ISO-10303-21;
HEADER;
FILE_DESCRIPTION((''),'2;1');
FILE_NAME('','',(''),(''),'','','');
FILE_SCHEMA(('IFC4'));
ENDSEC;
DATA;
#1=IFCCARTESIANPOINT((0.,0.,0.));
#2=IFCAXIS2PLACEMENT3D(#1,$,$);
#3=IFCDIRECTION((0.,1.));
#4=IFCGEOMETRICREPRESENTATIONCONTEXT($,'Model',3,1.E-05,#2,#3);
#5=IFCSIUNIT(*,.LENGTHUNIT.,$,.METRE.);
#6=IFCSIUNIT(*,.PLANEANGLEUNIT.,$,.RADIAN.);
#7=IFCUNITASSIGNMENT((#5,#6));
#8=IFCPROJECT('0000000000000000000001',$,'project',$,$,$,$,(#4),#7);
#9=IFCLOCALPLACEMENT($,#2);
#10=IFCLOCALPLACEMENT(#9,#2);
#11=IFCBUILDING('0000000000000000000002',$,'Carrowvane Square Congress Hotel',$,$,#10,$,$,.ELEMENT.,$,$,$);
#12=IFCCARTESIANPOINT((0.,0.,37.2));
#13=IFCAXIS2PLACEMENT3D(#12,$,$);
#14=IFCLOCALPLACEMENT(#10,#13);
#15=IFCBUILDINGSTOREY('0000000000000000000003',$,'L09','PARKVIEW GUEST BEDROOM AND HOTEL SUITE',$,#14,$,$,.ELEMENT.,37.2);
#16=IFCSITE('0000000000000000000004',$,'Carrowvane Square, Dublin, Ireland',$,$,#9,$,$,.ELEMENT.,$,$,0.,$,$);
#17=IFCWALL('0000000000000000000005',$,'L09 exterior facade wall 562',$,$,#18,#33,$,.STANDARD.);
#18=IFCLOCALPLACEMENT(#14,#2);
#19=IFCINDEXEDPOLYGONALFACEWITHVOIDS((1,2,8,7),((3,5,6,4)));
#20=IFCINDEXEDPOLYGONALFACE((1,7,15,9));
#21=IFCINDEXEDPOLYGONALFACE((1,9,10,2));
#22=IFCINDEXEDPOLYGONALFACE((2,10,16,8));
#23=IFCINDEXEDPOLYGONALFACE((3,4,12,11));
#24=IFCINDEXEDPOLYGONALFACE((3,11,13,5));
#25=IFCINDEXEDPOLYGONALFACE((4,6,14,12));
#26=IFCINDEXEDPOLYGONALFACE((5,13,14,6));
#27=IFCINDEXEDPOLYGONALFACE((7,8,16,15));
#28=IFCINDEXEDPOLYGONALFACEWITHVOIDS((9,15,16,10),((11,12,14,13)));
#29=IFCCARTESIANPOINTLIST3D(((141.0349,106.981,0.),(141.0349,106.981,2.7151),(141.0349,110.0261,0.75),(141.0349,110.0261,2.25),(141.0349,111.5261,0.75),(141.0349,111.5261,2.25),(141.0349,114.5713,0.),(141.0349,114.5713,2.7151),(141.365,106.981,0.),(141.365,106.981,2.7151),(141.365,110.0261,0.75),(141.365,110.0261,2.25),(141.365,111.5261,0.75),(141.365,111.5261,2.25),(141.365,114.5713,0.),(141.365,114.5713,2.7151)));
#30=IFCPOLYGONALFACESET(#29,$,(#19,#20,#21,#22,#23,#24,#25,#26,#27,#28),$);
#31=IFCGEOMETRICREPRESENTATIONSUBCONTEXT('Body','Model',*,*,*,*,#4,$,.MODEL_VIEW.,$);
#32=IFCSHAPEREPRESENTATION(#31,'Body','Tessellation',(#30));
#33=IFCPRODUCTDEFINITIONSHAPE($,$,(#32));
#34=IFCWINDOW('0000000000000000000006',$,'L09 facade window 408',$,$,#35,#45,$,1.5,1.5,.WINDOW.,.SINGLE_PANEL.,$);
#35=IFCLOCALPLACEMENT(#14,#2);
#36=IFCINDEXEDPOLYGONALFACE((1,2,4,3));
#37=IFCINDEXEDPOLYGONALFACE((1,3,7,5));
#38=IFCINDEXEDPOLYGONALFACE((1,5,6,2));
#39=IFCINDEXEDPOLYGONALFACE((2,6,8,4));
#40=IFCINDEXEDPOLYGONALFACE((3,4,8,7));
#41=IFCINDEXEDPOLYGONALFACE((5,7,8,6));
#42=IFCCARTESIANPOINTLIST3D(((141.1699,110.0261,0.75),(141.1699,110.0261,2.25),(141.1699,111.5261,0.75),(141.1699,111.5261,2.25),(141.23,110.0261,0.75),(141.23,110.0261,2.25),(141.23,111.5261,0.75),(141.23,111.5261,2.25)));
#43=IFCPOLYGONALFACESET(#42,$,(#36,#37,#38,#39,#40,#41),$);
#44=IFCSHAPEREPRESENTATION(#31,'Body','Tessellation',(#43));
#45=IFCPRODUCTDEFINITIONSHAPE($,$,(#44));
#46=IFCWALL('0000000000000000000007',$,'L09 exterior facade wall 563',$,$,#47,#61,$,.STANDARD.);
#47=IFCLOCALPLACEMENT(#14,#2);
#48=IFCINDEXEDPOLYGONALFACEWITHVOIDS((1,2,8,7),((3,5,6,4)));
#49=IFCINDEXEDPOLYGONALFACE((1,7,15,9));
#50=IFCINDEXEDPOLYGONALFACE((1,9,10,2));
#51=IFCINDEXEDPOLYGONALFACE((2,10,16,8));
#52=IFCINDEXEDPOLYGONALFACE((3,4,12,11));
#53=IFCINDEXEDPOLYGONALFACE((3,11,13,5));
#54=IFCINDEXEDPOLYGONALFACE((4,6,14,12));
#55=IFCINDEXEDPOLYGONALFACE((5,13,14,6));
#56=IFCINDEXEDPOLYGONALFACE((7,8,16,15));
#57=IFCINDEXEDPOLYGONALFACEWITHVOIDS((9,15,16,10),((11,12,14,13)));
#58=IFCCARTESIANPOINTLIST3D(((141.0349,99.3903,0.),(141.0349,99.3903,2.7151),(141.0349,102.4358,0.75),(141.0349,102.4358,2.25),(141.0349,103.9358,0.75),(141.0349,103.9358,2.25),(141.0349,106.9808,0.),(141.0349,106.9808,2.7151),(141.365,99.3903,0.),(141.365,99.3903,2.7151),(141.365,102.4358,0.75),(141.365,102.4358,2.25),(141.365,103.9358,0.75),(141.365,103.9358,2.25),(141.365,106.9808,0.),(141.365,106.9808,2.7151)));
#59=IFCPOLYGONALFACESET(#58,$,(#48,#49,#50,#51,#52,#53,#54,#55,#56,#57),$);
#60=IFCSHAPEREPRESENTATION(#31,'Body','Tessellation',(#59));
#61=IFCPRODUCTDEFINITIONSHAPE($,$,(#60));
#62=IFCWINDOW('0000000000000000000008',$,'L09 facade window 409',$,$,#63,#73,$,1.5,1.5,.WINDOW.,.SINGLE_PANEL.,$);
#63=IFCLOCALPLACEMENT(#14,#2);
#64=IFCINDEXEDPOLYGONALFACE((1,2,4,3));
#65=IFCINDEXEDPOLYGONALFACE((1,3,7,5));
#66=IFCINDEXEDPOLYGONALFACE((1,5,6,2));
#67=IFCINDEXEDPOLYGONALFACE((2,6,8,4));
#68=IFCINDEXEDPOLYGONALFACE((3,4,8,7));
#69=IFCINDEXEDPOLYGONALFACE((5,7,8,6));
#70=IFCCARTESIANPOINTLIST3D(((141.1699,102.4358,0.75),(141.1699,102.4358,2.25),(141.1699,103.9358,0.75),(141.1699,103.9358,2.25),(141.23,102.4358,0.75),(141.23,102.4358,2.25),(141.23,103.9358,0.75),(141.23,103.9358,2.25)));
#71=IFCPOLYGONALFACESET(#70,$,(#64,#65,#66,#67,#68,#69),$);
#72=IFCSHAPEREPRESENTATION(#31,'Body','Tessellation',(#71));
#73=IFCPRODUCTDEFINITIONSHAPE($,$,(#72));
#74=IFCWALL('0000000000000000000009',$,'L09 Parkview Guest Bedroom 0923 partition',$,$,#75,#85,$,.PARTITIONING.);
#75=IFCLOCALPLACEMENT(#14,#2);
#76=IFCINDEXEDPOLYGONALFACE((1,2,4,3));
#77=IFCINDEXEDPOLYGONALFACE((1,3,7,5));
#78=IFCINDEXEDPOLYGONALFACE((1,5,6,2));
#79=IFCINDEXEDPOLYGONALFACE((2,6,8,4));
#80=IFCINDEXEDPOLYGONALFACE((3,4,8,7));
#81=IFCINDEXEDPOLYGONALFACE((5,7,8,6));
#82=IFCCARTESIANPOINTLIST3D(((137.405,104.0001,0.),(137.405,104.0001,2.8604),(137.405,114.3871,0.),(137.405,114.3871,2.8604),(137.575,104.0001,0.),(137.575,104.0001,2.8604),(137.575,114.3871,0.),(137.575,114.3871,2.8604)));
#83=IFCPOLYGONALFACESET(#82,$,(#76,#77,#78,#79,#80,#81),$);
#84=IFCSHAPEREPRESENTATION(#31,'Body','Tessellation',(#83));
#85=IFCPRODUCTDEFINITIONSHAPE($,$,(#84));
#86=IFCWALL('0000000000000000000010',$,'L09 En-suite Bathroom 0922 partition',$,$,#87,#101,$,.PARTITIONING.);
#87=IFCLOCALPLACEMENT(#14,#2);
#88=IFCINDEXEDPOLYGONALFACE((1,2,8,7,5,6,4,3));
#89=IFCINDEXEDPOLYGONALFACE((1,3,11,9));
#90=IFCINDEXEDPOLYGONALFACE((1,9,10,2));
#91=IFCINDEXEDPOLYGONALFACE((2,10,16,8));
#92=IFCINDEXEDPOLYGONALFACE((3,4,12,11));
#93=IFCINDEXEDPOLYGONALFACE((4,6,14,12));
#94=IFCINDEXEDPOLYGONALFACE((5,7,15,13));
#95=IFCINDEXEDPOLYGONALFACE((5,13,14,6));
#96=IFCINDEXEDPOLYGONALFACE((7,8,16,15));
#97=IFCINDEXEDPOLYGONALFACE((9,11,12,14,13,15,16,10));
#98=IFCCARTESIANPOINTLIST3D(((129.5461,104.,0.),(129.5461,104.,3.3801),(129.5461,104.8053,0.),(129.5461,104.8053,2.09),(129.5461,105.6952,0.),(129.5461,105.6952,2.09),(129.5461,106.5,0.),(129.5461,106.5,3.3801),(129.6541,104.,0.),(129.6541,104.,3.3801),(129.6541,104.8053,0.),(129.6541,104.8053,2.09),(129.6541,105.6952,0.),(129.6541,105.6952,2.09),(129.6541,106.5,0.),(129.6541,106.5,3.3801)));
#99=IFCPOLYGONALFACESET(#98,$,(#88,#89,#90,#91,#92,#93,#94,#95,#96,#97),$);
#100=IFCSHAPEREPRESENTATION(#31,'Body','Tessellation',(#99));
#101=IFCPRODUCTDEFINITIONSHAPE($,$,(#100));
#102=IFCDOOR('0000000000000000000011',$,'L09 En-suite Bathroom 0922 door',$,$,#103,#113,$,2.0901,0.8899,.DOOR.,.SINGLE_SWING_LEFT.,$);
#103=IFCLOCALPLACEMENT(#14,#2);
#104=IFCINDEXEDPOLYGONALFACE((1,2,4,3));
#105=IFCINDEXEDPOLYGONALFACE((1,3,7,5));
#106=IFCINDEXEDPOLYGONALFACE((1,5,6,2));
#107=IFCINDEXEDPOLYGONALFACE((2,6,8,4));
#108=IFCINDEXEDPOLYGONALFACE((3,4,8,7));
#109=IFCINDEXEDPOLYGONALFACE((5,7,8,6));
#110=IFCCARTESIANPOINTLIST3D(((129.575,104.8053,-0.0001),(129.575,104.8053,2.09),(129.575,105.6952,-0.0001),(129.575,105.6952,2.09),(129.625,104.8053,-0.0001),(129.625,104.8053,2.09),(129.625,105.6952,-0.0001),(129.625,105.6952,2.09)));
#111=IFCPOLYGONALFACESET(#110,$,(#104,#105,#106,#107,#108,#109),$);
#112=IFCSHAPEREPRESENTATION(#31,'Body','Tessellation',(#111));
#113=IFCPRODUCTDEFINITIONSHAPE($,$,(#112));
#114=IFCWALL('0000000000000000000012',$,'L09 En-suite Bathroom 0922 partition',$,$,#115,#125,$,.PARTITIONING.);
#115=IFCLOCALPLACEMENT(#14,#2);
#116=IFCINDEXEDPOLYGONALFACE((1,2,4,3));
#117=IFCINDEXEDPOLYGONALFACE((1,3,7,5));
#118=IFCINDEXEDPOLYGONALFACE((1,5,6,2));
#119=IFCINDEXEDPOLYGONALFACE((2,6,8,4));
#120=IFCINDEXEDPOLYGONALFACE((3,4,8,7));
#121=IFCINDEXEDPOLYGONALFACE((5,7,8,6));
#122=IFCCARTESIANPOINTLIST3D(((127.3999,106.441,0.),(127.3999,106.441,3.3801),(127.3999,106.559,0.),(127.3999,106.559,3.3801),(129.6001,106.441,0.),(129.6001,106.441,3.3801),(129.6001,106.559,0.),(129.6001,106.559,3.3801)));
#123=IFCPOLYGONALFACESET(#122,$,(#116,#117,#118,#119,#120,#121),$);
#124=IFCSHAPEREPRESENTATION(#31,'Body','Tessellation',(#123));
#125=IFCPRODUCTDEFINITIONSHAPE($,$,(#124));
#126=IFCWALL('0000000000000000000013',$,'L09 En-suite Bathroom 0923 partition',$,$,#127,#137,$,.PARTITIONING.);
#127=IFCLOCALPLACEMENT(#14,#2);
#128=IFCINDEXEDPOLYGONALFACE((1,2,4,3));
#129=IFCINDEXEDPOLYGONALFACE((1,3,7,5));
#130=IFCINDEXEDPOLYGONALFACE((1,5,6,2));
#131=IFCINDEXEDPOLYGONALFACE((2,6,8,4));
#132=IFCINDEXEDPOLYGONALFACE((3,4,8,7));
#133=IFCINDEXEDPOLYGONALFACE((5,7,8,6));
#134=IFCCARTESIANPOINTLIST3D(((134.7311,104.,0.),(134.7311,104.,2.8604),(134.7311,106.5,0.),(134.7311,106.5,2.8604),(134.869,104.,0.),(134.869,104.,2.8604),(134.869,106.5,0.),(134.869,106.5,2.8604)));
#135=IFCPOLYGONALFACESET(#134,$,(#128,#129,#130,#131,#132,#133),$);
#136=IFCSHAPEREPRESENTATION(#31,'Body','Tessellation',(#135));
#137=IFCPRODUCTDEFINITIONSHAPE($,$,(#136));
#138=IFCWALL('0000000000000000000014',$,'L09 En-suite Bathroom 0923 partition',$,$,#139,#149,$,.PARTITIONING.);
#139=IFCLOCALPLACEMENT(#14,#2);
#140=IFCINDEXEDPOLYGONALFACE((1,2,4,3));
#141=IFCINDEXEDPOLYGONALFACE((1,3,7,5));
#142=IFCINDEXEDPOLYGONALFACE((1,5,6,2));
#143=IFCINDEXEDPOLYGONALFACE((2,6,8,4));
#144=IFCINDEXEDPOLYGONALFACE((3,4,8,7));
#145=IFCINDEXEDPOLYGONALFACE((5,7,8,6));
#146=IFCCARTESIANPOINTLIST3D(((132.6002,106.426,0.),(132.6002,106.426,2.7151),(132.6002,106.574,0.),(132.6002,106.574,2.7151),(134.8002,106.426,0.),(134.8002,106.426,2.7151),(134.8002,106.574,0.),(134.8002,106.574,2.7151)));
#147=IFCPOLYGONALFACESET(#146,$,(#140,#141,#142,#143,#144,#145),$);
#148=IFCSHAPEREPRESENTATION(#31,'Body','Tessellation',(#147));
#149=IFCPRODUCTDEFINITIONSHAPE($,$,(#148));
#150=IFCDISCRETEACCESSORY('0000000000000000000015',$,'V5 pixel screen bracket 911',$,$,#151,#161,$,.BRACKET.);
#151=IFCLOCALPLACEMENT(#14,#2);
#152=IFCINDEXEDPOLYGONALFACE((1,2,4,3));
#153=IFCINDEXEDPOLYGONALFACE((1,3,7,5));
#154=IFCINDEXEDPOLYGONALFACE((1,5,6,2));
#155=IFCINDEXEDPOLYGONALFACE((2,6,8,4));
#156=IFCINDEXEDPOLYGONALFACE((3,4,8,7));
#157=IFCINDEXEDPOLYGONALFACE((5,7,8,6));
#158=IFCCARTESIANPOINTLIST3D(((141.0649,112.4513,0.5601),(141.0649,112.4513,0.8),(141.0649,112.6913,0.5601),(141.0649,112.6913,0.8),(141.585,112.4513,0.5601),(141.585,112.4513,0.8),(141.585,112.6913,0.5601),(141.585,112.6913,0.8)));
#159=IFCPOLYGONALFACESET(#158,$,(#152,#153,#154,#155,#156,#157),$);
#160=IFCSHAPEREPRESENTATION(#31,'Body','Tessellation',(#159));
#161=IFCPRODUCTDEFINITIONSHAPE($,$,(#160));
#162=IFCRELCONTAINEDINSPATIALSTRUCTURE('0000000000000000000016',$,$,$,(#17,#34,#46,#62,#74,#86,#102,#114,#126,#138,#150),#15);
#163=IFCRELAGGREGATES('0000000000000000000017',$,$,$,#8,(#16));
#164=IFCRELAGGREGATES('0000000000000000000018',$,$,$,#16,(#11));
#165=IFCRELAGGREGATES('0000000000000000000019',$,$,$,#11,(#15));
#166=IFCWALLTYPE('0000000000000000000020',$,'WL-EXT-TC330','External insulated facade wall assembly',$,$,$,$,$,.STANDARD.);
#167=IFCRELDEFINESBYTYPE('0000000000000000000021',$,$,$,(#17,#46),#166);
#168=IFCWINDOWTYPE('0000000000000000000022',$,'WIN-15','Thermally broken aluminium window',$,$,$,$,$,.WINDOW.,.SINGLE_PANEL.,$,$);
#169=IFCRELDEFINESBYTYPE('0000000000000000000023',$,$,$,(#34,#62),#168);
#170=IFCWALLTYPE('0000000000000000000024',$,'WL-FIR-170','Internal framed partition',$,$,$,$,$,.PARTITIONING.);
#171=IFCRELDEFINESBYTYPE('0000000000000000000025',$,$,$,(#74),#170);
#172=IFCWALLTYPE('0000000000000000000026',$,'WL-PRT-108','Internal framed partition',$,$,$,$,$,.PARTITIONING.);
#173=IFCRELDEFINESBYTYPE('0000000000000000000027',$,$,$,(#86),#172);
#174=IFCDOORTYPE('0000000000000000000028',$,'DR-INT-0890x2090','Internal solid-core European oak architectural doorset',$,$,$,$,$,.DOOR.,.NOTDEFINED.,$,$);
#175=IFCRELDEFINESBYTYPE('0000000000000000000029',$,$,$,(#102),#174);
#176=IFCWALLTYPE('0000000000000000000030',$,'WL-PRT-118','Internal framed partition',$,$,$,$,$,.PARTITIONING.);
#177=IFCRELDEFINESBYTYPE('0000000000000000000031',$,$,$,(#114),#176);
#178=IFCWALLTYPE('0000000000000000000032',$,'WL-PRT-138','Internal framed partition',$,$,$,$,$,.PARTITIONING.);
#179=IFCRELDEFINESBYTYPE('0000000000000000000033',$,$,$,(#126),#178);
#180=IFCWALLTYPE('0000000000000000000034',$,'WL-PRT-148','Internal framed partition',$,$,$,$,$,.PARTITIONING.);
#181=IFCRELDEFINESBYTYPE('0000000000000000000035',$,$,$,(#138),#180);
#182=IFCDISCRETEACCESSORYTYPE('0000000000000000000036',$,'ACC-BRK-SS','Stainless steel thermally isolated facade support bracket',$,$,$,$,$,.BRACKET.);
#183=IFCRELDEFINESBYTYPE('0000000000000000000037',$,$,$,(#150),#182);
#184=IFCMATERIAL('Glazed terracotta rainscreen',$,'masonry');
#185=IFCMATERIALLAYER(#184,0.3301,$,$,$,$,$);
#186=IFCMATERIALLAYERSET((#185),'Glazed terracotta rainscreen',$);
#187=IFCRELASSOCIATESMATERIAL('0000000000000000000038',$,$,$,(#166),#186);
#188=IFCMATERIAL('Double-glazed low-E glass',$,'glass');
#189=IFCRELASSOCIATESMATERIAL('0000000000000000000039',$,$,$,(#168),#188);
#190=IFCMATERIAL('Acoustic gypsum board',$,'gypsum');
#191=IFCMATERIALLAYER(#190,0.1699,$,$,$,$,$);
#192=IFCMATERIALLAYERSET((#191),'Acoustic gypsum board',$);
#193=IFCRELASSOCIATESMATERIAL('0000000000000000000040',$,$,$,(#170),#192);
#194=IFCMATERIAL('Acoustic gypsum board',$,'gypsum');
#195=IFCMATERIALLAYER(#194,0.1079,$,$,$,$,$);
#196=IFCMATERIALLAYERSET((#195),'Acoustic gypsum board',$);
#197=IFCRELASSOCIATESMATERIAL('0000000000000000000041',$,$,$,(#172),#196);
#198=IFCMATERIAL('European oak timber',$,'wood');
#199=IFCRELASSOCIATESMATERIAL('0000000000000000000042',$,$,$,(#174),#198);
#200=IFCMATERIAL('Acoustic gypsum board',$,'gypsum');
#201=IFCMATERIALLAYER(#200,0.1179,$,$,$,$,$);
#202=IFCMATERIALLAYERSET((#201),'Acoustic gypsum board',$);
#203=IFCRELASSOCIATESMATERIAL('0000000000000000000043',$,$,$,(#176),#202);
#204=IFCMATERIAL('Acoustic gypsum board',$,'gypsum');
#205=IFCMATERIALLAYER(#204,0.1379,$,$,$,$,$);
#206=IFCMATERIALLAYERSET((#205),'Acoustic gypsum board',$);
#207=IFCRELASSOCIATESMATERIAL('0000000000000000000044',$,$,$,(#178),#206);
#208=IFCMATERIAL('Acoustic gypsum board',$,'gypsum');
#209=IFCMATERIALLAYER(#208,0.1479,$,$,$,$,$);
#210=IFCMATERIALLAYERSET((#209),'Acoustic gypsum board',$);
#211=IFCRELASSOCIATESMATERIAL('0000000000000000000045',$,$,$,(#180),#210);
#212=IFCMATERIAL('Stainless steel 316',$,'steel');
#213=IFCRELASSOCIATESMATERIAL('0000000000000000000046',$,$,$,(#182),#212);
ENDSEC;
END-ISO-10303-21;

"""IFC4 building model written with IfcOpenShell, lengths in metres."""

from ifc_helpers import new_model, si_unit, direction, frame, frame_2d, origin, origin_2d, place, context, subcontext, project, spatial, rectangle, extrude, material, layer, layer_set, type_object, element, fill, save


model = new_model("IFC4")

# Units and contexts
model_context = context("Model", 3, precision=1e-05, world=origin(), true_north=direction((0.0, 1.0)))
body_context = subcontext(model_context, "Body", "Model", "MODEL_VIEW")
ifc_project = project(units=[si_unit("LENGTHUNIT", "METRE"), si_unit("PLANEANGLEUNIT", "RADIAN")], contexts=[model_context])

# Site, building, storey
site_placement = place(None, origin())
site = spatial("IfcSite", under=ifc_project, at=site_placement, Name="Carrowvane Square, Dublin, Ireland", CompositionType="ELEMENT", RefElevation=0.0)
building_placement = place(site_placement, origin())
building = spatial("IfcBuilding", under=site, at=building_placement, Name="Carrowvane Square Congress Hotel", CompositionType="ELEMENT")
storey_placement = place(building_placement, frame((0.0, 0.0, 37.2)))
storey = spatial("IfcBuildingStorey", under=building, at=storey_placement, Name="L09", Description="PARKVIEW GUEST BEDROOM AND HOTEL SUITE", CompositionType="ELEMENT", Elevation=37.2)

# Walls, openings, windows
ifc_material_1 = material(Name="Glazed terracotta rainscreen", Category="masonry")
ifc_layer_1 = layer(ifc_material_1, 0.3301)
ifc_layer_set_1 = layer_set([ifc_layer_1], Name="Glazed terracotta rainscreen")
wall_type_1 = type_object("IfcWallType", Name="WL-EXT-TC330", Description="External insulated facade wall assembly", PredefinedType="STANDARD", material=ifc_layer_set_1)
wall_1_placement = place(storey_placement, frame((141.2, 114.5713, 0.0), z_axis=(0.0, 0.0, 1.0), x_axis=(0.0, -1.0, 0.0)))
wall_1 = element("IfcWall", 1, at=wall_1_placement, inside=storey, type_object=wall_type_1, Name="L09 exterior facade wall 562", PredefinedType="STANDARD", context=body_context, shape_type="SweptSolid", body=[
    extrude(rectangle(XDim=7.5903, YDim=0.3301, at=frame_2d((3.7952, 0.0))), origin(), (0.0, 0.0, 1.0), 2.7151),
])
opening_1_placement = place(wall_1_placement, frame((3.0452, 0.0, 0.75)))
opening_1 = element("IfcOpeningElement", 2, at=opening_1_placement, cuts=wall_1, PredefinedType="OPENING", context=body_context, shape_type="SweptSolid", body=[
    extrude(rectangle(XDim=1.5, YDim=1.5, at=frame_2d((0.75, 0.75))), frame((0.0, 0.175, 0.0), z_axis=(0.0, -1.0, 0.0), x_axis=(1.0, 0.0, 0.0)), (0.0, 0.0, 1.0), 0.3501),
])
ifc_material_2 = material(Name="Double-glazed low-E glass", Category="glass")
window_type = type_object("IfcWindowType", Name="WIN-15", Description="Thermally broken aluminium window", PartitioningType="SINGLE_PANEL", PredefinedType="WINDOW", material=ifc_material_2)
window_1_placement = place(opening_1_placement, origin())
window_1 = element("IfcWindow", 3, at=window_1_placement, inside=storey, type_object=window_type, Name="L09 facade window 408", OverallHeight=1.5, OverallWidth=1.5, PartitioningType="SINGLE_PANEL", PredefinedType="WINDOW", context=body_context, shape_type="SweptSolid", body=[
    extrude(rectangle(XDim=1.5, YDim=1.5, at=frame_2d((0.75, 0.75))), frame((0.0, 0.03, 0.0), z_axis=(0.0, -1.0, 0.0), x_axis=(1.0, 0.0, 0.0)), (0.0, 0.0, 1.0), 0.0601),
])
fill(opening_1, window_1)
wall_2_placement = place(storey_placement, frame((141.2, 106.981, 0.0), z_axis=(0.0, 0.0, 1.0), x_axis=(0.0, -1.0, 0.0)))
wall_2 = element("IfcWall", 4, at=wall_2_placement, inside=storey, type_object=wall_type_1, Name="L09 exterior facade wall 563", PredefinedType="STANDARD", context=body_context, shape_type="SweptSolid", body=[
    extrude(rectangle(XDim=7.5906, YDim=0.3301, at=frame_2d((3.7954, 0.0))), origin(), (0.0, 0.0, 1.0), 2.7151),
])
opening_2_placement = place(wall_2_placement, frame((3.0452, 0.0, 0.75)))
opening_2 = element("IfcOpeningElement", 5, at=opening_2_placement, cuts=wall_2, PredefinedType="OPENING", context=body_context, shape_type="SweptSolid", body=[
    extrude(rectangle(XDim=1.5, YDim=1.5, at=frame_2d((0.75, 0.75))), frame((0.0, 0.175, 0.0), z_axis=(0.0, -1.0, 0.0), x_axis=(1.0, 0.0, 0.0)), (0.0, 0.0, 1.0), 0.3501),
])
window_2_placement = place(opening_2_placement, origin())
window_2 = element("IfcWindow", 6, at=window_2_placement, inside=storey, type_object=window_type, Name="L09 facade window 409", OverallHeight=1.5, OverallWidth=1.5, PartitioningType="SINGLE_PANEL", PredefinedType="WINDOW", context=body_context, shape_type="SweptSolid", body=[
    extrude(rectangle(XDim=1.5, YDim=1.5, at=frame_2d((0.75, 0.75))), frame((0.0, 0.03, 0.0), z_axis=(0.0, -1.0, 0.0), x_axis=(1.0, 0.0, 0.0)), (0.0, 0.0, 1.0), 0.0601),
])
fill(opening_2, window_2)

# Wall
ifc_material_3 = material(Name="Acoustic gypsum board", Category="gypsum")
ifc_layer_2 = layer(ifc_material_3, 0.1699)
ifc_layer_set_2 = layer_set([ifc_layer_2], Name="Acoustic gypsum board")
wall_type_2 = type_object("IfcWallType", Name="WL-FIR-170", Description="Internal framed partition", PredefinedType="PARTITIONING", material=ifc_layer_set_2)
wall_3_placement = place(storey_placement, frame((137.49, 114.387, 0.0), z_axis=(0.0, 0.0, 1.0), x_axis=(0.0, -1.0, 0.0)))
element("IfcWall", 7, at=wall_3_placement, inside=storey, type_object=wall_type_2, Name="L09 Parkview Guest Bedroom 0923 partition", PredefinedType="PARTITIONING", context=body_context, shape_type="SweptSolid", body=[
    extrude(rectangle(XDim=10.387, YDim=0.1699, at=frame_2d((5.1934, 0.0))), origin(), (0.0, 0.0, 1.0), 2.8604),
])

# Wall, opening, door
ifc_material_4 = material(Name="Acoustic gypsum board", Category="gypsum")
ifc_layer_3 = layer(ifc_material_4, 0.1079)
ifc_layer_set_3 = layer_set([ifc_layer_3], Name="Acoustic gypsum board")
wall_type_3 = type_object("IfcWallType", Name="WL-PRT-108", Description="Internal framed partition", PredefinedType="PARTITIONING", material=ifc_layer_set_3)
wall_4_placement = place(storey_placement, frame((129.6001, 106.5, 0.0), z_axis=(0.0, 0.0, 1.0), x_axis=(0.0, -1.0, 0.0)))
wall_4 = element("IfcWall", 8, at=wall_4_placement, inside=storey, type_object=wall_type_3, Name="L09 En-suite Bathroom 0922 partition", PredefinedType="PARTITIONING", context=body_context, shape_type="SweptSolid", body=[
    extrude(rectangle(XDim=2.5, YDim=0.1079, at=frame_2d((1.25, 0.0))), origin(), (0.0, 0.0, 1.0), 3.3801),
])
opening_3_placement = place(wall_4_placement, frame((0.8049, 0.0, 0.0)))
opening_3 = element("IfcOpeningElement", 9, at=opening_3_placement, cuts=wall_4, PredefinedType="OPENING", context=body_context, shape_type="SweptSolid", body=[
    extrude(rectangle(XDim=0.8899, YDim=2.0901, at=frame_2d((0.4448, 1.0449))), frame((0.0, 0.064, 0.0), z_axis=(0.0, -1.0, 0.0), x_axis=(1.0, 0.0, 0.0)), (0.0, 0.0, 1.0), 0.1279),
])
ifc_material_5 = material(Name="European oak timber", Category="wood")
door_type = type_object("IfcDoorType", Name="DR-INT-0890x2090", Description="Internal solid-core European oak architectural doorset", OperationType="NOTDEFINED", PredefinedType="DOOR", material=ifc_material_5)
door_placement = place(opening_3_placement, origin())
door = element("IfcDoor", 10, at=door_placement, inside=storey, type_object=door_type, Name="L09 En-suite Bathroom 0922 door", OperationType="SINGLE_SWING_LEFT", OverallHeight=2.0901, OverallWidth=0.8899, PredefinedType="DOOR", context=body_context, shape_type="SweptSolid", body=[
    extrude(rectangle(XDim=0.8899, YDim=2.0901, at=frame_2d((0.4448, 1.0449))), frame((0.0, 0.0249, 0.0), z_axis=(0.0, -1.0, 0.0), x_axis=(1.0, 0.0, 0.0)), (0.0, 0.0, 1.0), 0.05),
])
fill(opening_3, door)

# Walls
ifc_material_6 = material(Name="Acoustic gypsum board", Category="gypsum")
ifc_layer_4 = layer(ifc_material_6, 0.1179)
ifc_layer_set_4 = layer_set([ifc_layer_4], Name="Acoustic gypsum board")
wall_type_4 = type_object("IfcWallType", Name="WL-PRT-118", Description="Internal framed partition", PredefinedType="PARTITIONING", material=ifc_layer_set_4)
wall_5_placement = place(storey_placement, frame((127.3999, 106.5, 0.0), z_axis=(0.0, 0.0, 1.0), x_axis=(1.0, 0.0, 0.0)))
element("IfcWall", 11, at=wall_5_placement, inside=storey, type_object=wall_type_4, Name="L09 En-suite Bathroom 0922 partition", PredefinedType="PARTITIONING", context=body_context, shape_type="SweptSolid", body=[
    extrude(rectangle(XDim=2.2002, YDim=0.1179, at=frame_2d((1.1001, 0.0))), origin(), (0.0, 0.0, 1.0), 3.3801),
])
ifc_material_7 = material(Name="Acoustic gypsum board", Category="gypsum")
ifc_layer_5 = layer(ifc_material_7, 0.1379)
ifc_layer_set_5 = layer_set([ifc_layer_5], Name="Acoustic gypsum board")
wall_type_5 = type_object("IfcWallType", Name="WL-PRT-138", Description="Internal framed partition", PredefinedType="PARTITIONING", material=ifc_layer_set_5)
wall_6_placement = place(storey_placement, frame((134.8, 106.5, 0.0), z_axis=(0.0, 0.0, 1.0), x_axis=(0.0, -1.0, 0.0)))
element("IfcWall", 12, at=wall_6_placement, inside=storey, type_object=wall_type_5, Name="L09 En-suite Bathroom 0923 partition", PredefinedType="PARTITIONING", context=body_context, shape_type="SweptSolid", body=[
    extrude(rectangle(XDim=2.5, YDim=0.1379, at=frame_2d((1.25, 0.0))), origin(), (0.0, 0.0, 1.0), 2.8604),
])
ifc_material_8 = material(Name="Acoustic gypsum board", Category="gypsum")
ifc_layer_6 = layer(ifc_material_8, 0.1479)
ifc_layer_set_6 = layer_set([ifc_layer_6], Name="Acoustic gypsum board")
wall_type_6 = type_object("IfcWallType", Name="WL-PRT-148", Description="Internal framed partition", PredefinedType="PARTITIONING", material=ifc_layer_set_6)
wall_7_placement = place(storey_placement, frame((132.6001, 106.5, 0.0), z_axis=(0.0, 0.0, 1.0), x_axis=(1.0, 0.0, 0.0)))
element("IfcWall", 13, at=wall_7_placement, inside=storey, type_object=wall_type_6, Name="L09 En-suite Bathroom 0923 partition", PredefinedType="PARTITIONING", context=body_context, shape_type="SweptSolid", body=[
    extrude(rectangle(XDim=2.2, YDim=0.1479, at=frame_2d((1.1001, 0.0))), origin(), (0.0, 0.0, 1.0), 2.7151),
])

# Discrete accessory
ifc_material_9 = material(Name="Stainless steel 316", Category="steel")
discrete_accessory_type = type_object("IfcDiscreteAccessoryType", Name="ACC-BRK-SS", Description="Stainless steel thermally isolated facade support bracket", PredefinedType="BRACKET", material=ifc_material_9)
for number, where, z_axis, x_axis, name in (
    (14, (141.325, 112.5713, 0.5601), (0.0, 0.0, 1.0), (0.0, -1.0, 0.0), "V5 pixel screen bracket 911"),
):
    element("IfcDiscreteAccessory", number, at=place(storey_placement, frame(where, z_axis=z_axis, x_axis=x_axis)), inside=storey, type_object=discrete_accessory_type, Name=name, PredefinedType="BRACKET", context=body_context, shape_type="SweptSolid", body=[
        extrude(rectangle(XDim=0.24, YDim=0.52, at=origin_2d()), origin(), (0.0, 0.0, 1.0), 0.24),
    ])

save(model, "model.ifc")
